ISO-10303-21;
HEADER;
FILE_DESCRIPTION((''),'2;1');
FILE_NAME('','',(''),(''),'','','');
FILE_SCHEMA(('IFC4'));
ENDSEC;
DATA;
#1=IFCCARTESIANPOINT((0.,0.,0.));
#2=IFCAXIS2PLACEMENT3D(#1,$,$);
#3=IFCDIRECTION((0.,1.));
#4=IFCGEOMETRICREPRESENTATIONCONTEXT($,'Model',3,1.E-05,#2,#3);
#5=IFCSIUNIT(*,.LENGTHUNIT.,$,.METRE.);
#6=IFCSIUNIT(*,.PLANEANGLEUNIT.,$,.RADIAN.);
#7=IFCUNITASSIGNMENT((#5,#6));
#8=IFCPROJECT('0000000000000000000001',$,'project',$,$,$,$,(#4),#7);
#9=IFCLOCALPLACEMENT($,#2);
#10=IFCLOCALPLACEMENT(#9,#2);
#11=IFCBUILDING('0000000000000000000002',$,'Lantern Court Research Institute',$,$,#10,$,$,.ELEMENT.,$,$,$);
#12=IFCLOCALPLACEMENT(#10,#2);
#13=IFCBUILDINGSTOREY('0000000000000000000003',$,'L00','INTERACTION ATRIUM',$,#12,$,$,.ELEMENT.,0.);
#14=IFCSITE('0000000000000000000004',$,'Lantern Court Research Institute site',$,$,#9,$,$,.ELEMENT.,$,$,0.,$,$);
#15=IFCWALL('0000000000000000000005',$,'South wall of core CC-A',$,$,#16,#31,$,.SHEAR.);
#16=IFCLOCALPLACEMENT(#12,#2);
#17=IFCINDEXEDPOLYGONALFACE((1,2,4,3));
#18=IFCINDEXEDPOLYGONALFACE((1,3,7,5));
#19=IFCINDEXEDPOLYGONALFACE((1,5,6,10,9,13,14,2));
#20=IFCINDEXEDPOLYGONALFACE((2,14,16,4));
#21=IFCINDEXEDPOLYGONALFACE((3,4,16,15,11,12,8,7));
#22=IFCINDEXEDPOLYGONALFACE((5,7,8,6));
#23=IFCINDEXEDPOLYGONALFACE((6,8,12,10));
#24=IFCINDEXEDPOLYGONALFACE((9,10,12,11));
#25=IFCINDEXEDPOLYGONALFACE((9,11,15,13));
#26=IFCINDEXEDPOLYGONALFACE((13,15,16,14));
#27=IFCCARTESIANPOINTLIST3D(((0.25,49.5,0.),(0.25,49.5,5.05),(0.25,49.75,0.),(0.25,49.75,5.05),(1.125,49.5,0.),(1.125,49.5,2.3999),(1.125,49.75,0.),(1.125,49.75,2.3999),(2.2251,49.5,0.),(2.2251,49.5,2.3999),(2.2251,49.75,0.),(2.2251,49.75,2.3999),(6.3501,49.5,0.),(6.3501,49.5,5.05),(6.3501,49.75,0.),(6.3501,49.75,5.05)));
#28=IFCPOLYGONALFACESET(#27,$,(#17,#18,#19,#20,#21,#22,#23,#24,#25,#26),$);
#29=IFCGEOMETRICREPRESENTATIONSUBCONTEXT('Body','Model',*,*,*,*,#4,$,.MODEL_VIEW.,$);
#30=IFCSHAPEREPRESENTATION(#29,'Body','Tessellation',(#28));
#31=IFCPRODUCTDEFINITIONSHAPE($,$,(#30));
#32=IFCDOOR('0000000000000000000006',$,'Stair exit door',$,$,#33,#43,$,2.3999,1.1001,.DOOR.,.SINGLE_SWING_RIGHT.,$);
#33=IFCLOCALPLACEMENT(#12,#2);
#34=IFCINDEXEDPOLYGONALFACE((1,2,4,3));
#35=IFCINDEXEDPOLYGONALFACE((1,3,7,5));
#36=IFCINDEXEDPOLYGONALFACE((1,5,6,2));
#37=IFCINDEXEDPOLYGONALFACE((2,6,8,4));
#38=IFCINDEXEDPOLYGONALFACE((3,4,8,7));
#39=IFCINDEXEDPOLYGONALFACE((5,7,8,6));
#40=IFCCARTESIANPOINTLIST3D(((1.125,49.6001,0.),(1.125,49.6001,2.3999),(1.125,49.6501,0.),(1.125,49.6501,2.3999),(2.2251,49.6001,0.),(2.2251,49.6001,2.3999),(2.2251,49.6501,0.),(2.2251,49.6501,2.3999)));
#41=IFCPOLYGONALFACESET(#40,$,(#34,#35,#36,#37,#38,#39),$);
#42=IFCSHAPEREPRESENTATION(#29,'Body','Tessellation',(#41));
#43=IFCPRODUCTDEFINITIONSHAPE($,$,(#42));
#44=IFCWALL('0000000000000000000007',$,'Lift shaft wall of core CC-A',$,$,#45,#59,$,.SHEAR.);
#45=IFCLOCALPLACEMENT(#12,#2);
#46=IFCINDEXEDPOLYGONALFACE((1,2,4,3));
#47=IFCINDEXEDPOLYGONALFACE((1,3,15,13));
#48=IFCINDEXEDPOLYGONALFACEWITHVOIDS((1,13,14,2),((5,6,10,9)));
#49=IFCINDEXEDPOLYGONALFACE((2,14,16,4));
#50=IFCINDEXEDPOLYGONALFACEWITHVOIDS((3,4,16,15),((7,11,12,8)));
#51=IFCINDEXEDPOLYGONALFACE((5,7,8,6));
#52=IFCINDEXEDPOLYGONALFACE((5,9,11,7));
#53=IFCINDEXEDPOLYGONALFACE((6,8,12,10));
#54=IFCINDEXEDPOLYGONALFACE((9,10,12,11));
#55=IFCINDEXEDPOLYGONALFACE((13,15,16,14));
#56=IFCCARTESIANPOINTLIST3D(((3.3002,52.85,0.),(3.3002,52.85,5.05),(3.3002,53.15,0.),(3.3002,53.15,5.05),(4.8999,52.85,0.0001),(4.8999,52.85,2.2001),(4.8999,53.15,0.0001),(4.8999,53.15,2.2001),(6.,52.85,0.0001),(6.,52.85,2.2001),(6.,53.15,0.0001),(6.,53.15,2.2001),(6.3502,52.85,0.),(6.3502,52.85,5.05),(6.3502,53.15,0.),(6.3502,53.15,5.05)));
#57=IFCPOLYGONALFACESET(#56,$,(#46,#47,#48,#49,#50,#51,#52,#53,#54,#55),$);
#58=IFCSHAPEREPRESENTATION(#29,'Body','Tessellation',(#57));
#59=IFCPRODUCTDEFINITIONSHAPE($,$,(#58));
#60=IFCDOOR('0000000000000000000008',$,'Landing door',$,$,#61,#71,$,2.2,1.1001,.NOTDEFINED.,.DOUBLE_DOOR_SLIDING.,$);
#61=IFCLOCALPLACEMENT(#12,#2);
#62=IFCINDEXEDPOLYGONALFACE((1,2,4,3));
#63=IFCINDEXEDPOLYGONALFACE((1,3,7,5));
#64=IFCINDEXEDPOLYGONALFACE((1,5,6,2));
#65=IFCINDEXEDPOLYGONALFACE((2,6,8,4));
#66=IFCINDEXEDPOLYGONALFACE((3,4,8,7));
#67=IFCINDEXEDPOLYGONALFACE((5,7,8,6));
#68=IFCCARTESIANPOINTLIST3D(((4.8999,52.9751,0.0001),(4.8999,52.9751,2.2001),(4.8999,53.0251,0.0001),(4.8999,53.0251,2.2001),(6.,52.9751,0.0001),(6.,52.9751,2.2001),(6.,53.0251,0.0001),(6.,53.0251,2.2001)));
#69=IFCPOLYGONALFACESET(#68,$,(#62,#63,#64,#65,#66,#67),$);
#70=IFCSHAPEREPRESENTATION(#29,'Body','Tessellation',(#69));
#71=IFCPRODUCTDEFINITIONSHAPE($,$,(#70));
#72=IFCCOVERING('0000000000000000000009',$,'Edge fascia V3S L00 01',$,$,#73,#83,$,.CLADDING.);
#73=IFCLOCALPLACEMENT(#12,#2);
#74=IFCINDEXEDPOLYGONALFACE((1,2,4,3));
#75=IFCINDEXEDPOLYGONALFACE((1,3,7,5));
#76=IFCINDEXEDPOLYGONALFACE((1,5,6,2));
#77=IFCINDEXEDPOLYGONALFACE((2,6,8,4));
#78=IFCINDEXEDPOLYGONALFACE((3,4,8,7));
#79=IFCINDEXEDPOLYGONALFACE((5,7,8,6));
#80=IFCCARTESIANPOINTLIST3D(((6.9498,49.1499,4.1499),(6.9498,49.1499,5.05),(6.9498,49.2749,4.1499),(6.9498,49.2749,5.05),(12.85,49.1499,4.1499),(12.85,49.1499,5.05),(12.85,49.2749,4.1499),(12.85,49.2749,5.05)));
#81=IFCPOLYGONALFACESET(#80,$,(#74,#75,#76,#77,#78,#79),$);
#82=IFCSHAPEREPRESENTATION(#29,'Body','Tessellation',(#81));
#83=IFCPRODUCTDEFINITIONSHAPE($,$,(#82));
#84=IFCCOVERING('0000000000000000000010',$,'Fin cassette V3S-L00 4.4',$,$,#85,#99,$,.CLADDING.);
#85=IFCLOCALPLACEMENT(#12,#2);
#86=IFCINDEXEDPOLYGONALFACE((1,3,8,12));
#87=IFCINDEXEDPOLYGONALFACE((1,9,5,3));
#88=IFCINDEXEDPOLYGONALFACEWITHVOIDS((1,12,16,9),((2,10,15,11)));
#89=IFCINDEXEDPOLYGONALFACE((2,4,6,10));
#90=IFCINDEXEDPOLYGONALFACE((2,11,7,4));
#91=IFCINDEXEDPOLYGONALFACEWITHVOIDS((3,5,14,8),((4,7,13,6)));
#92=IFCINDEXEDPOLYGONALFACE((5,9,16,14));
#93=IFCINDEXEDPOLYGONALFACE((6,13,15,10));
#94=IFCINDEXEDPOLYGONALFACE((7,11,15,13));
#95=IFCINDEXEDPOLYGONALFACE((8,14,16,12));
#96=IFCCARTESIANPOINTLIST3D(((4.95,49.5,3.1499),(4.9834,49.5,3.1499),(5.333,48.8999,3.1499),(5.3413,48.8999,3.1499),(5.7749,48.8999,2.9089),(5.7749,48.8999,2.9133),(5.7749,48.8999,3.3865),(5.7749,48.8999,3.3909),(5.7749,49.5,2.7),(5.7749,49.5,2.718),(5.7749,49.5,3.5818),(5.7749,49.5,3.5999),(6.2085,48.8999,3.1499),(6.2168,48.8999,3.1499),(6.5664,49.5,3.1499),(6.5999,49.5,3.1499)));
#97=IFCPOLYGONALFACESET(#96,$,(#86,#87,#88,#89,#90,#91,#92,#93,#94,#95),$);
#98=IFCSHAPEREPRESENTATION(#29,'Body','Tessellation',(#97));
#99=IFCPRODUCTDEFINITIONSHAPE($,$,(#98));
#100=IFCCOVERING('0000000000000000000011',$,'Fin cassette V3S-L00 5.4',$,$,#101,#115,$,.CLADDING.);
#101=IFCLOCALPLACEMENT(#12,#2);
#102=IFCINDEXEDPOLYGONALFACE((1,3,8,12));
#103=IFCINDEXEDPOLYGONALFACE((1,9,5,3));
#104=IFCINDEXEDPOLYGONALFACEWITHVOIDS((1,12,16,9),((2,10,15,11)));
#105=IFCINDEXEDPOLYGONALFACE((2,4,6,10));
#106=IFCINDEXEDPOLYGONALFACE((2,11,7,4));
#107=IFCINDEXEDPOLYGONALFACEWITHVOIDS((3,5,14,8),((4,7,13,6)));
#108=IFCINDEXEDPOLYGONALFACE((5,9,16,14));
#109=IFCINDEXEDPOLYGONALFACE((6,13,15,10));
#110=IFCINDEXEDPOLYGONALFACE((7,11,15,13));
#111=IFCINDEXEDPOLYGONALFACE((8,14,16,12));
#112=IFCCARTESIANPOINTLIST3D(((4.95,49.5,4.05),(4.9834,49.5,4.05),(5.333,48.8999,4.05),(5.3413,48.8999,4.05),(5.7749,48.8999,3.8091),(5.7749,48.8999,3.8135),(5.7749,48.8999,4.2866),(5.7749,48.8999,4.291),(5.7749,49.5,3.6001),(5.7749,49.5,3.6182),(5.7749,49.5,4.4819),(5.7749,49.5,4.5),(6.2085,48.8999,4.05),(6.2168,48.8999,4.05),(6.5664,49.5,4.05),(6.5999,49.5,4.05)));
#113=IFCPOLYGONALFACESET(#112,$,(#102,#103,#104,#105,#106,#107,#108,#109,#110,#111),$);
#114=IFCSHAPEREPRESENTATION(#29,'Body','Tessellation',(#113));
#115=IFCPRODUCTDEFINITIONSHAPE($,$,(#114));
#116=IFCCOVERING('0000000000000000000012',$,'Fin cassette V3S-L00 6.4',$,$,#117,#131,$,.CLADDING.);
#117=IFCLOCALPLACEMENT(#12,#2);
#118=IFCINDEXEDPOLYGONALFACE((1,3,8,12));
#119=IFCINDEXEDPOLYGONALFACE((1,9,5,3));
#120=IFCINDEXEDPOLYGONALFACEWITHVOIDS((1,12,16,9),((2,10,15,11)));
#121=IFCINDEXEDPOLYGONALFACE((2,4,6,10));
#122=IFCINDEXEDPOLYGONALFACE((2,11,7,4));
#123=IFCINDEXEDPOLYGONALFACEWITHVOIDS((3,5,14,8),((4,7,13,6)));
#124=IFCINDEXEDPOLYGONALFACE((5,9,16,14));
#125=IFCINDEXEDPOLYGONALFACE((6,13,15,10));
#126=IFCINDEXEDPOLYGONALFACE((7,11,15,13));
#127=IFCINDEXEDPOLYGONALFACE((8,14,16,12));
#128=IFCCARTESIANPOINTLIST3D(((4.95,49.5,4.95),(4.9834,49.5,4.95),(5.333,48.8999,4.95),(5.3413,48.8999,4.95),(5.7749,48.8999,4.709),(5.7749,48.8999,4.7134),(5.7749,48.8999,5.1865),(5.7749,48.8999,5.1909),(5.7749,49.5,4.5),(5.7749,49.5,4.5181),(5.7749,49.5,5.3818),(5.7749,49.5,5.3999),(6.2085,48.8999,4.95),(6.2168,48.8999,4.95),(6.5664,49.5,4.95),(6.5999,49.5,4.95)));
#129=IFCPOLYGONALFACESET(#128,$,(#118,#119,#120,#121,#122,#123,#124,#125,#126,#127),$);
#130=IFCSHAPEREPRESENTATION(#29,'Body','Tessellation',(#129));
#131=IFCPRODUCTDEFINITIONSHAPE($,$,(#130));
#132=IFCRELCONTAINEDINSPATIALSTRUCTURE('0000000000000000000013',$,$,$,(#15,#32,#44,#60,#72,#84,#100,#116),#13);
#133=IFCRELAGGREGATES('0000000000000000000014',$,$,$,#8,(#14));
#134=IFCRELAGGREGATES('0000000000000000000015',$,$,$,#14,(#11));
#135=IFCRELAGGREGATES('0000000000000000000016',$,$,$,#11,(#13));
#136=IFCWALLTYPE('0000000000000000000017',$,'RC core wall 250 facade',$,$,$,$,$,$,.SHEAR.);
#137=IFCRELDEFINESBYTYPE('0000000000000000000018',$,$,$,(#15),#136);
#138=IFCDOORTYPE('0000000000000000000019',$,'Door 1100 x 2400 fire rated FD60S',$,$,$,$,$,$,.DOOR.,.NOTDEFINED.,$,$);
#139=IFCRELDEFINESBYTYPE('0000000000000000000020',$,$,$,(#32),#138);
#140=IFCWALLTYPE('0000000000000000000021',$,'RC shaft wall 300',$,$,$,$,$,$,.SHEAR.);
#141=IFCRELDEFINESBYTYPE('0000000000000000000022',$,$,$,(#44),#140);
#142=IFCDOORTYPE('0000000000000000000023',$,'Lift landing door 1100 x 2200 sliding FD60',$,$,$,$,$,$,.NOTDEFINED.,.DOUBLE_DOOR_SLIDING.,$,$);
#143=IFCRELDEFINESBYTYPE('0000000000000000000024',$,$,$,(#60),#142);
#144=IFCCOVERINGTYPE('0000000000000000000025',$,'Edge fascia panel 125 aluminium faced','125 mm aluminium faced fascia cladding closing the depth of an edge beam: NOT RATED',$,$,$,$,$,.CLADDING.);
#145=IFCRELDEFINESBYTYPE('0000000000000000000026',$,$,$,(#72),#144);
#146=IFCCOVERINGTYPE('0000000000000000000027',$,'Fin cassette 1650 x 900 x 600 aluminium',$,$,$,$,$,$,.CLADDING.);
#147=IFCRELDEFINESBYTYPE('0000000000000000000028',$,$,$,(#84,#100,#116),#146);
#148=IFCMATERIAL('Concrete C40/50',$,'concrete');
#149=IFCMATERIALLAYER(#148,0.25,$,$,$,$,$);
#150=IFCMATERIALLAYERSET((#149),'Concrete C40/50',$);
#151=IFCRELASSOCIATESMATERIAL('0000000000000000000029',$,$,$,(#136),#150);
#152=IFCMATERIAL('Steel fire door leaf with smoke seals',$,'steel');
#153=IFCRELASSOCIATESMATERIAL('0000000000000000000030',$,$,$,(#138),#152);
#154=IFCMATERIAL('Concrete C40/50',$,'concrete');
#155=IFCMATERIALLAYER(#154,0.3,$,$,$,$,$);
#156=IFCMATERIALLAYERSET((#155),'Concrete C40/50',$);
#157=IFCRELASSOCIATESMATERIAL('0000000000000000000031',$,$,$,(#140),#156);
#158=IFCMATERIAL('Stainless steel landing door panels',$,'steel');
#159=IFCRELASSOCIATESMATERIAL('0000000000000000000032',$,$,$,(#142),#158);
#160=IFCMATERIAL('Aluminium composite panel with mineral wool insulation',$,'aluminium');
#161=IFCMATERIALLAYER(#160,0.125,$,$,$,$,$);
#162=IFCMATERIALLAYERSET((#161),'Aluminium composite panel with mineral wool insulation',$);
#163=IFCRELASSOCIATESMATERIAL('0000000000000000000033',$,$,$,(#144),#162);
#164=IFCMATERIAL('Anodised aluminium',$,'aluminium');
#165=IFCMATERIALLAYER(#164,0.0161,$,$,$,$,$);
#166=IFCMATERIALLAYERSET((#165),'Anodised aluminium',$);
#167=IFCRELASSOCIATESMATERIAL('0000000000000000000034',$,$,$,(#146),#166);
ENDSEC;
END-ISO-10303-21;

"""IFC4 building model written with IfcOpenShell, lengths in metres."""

from ifc_helpers import new_model, entity, si_unit, direction, frame, frame_2d, origin, place, context, subcontext, project, spatial, rectangle, extrude, material, layer, layer_set, type_object, element, fill, save


model = new_model("IFC4")

# Units and contexts
model_context = context("Model", 3, precision=1e-05, world=origin(), true_north=direction((0.0, 1.0)))
body_context = subcontext(model_context, "Body", "Model", "MODEL_VIEW")
ifc_project = project(units=[si_unit("LENGTHUNIT", "METRE"), si_unit("PLANEANGLEUNIT", "RADIAN")], contexts=[model_context])

# Site, building, storey
site_placement = place(None, origin())
site = spatial("IfcSite", under=ifc_project, at=site_placement, Name="Lantern Court Research Institute site", CompositionType="ELEMENT", RefElevation=0.0)
building_placement = place(site_placement, origin())
building = spatial("IfcBuilding", under=site, at=building_placement, Name="Lantern Court Research Institute", CompositionType="ELEMENT")
storey_placement = place(building_placement, origin())
storey = spatial("IfcBuildingStorey", under=building, at=storey_placement, Name="L00", Description="INTERACTION ATRIUM", CompositionType="ELEMENT", Elevation=0.0)

# Walls, openings, doors
ifc_material_1 = material(Name="Concrete C40/50", Category="concrete")
ifc_layer_1 = layer(ifc_material_1, 0.25)
ifc_layer_set_1 = layer_set([ifc_layer_1], Name="Concrete C40/50")
wall_type_1 = type_object("IfcWallType", Name="RC core wall 250 facade", PredefinedType="SHEAR", material=ifc_layer_set_1)
wall_1_placement = place(storey_placement, frame((6.3501, 49.625, 0.0), z_axis=(0.0, 0.0, 1.0), x_axis=(-1.0, 0.0, 0.0)))
wall_1 = element("IfcWall", 1, at=wall_1_placement, inside=storey, type_object=wall_type_1, Name="South wall of core CC-A", PredefinedType="SHEAR", context=body_context, shape_type="SweptSolid", body=[
    extrude(rectangle(XDim=6.1001, YDim=0.25, at=frame_2d((3.05, 0.0))), origin(), (0.0, 0.0, 1.0), 5.05),
])
opening_1_placement = place(wall_1_placement, frame((4.125, 0.0, 0.0)))
opening_1 = element("IfcOpeningElement", 2, at=opening_1_placement, cuts=wall_1, PredefinedType="OPENING", context=body_context, shape_type="SweptSolid", body=[
    extrude(rectangle(XDim=1.1001, YDim=2.3999, at=frame_2d((0.55, 1.2))), frame((0.0, 0.135, 0.0), z_axis=(0.0, -1.0, 0.0), x_axis=(1.0, 0.0, 0.0)), (0.0, 0.0, 1.0), 0.27),
])
ifc_material_2 = material(Name="Steel fire door leaf with smoke seals", Category="steel")
door_type_1 = type_object("IfcDoorType", Name="Door 1100 x 2400 fire rated FD60S", OperationType="NOTDEFINED", PredefinedType="DOOR", material=ifc_material_2)
door_1_placement = place(opening_1_placement, origin())
door_1 = element("IfcDoor", 3, at=door_1_placement, inside=storey, type_object=door_type_1, Name="Stair exit door", OperationType="SINGLE_SWING_RIGHT", OverallHeight=2.3999, OverallWidth=1.1001, PredefinedType="DOOR", context=body_context, shape_type="SweptSolid", body=[
    extrude(rectangle(XDim=1.1001, YDim=2.3999, at=frame_2d((0.55, 1.2))), frame((0.0, 0.0249, 0.0), z_axis=(0.0, -1.0, 0.0), x_axis=(1.0, 0.0, 0.0)), (0.0, 0.0, 1.0), 0.05),
])
fill(opening_1, door_1)
ifc_material_3 = material(Name="Concrete C40/50", Category="concrete")
ifc_layer_2 = layer(ifc_material_3, 0.3)
ifc_layer_set_2 = layer_set([ifc_layer_2], Name="Concrete C40/50")
wall_type_2 = type_object("IfcWallType", Name="RC shaft wall 300", PredefinedType="SHEAR", material=ifc_layer_set_2)
wall_2_placement = place(storey_placement, frame((6.3501, 53.0, 0.0), z_axis=(0.0, 0.0, 1.0), x_axis=(-1.0, 0.0, 0.0)))
wall_2 = element("IfcWall", 4, at=wall_2_placement, inside=storey, type_object=wall_type_2, Name="Lift shaft wall of core CC-A", PredefinedType="SHEAR", context=body_context, shape_type="SweptSolid", body=[
    extrude(rectangle(XDim=3.05, YDim=0.3, at=frame_2d((1.5249, 0.0))), origin(), (0.0, 0.0, 1.0), 5.05),
])
opening_2_placement = place(wall_2_placement, frame((0.3501, 0.0, 0.0)))
opening_2 = element("IfcOpeningElement", 5, at=opening_2_placement, cuts=wall_2, PredefinedType="OPENING", context=body_context, shape_type="SweptSolid", body=[
    extrude(rectangle(XDim=1.1001, YDim=2.2, at=frame_2d((0.55, 1.1001))), frame((0.0, 0.1599, 0.0), z_axis=(0.0, -1.0, 0.0), x_axis=(1.0, 0.0, 0.0)), (0.0, 0.0, 1.0), 0.3201),
])
ifc_material_4 = material(Name="Stainless steel landing door panels", Category="steel")
door_type_2 = type_object("IfcDoorType", Name="Lift landing door 1100 x 2200 sliding FD60", OperationType="DOUBLE_DOOR_SLIDING", PredefinedType="NOTDEFINED", material=ifc_material_4)
door_2_placement = place(opening_2_placement, origin())
door_2 = element("IfcDoor", 6, at=door_2_placement, inside=storey, type_object=door_type_2, Name="Landing door", OperationType="DOUBLE_DOOR_SLIDING", OverallHeight=2.2, OverallWidth=1.1001, PredefinedType="NOTDEFINED", context=body_context, shape_type="SweptSolid", body=[
    extrude(rectangle(XDim=1.1001, YDim=2.2, at=frame_2d((0.55, 1.1001))), frame((0.0, 0.0249, 0.0), z_axis=(0.0, -1.0, 0.0), x_axis=(1.0, 0.0, 0.0)), (0.0, 0.0, 1.0), 0.05),
])
fill(opening_2, door_2)

# Coverings
ifc_material_5 = material(Name="Aluminium composite panel with mineral wool insulation", Category="aluminium")
ifc_layer_3 = layer(ifc_material_5, 0.125)
ifc_layer_set_3 = layer_set([ifc_layer_3], Name="Aluminium composite panel with mineral wool insulation")
covering_type_1 = type_object("IfcCoveringType", Name="Edge fascia panel 125 aluminium faced", Description="125 mm aluminium faced fascia cladding closing the depth of an edge beam: NOT RATED", PredefinedType="CLADDING", material=ifc_layer_set_3)
covering_1_placement = place(storey_placement, frame((12.8501, 49.2124, 4.1499), z_axis=(0.0, 0.0, 1.0), x_axis=(-1.0, 0.0, 0.0)))
element("IfcCovering", 7, at=covering_1_placement, inside=storey, type_object=covering_type_1, Name="Edge fascia V3S L00 01", PredefinedType="CLADDING", context=body_context, shape_type="SweptSolid", body=[
    extrude(rectangle(XDim=5.9001, YDim=0.125, at=frame_2d((2.9502, 0.0))), origin(), (0.0, 0.0, 1.0), 0.9001),
])
ifc_material_6 = material(Name="Anodised aluminium", Category="aluminium")
ifc_layer_4 = layer(ifc_material_6, 0.0161)
ifc_layer_set_4 = layer_set([ifc_layer_4], Name="Anodised aluminium")
covering_type_2 = type_object("IfcCoveringType", Name="Fin cassette 1650 x 900 x 600 aluminium", PredefinedType="CLADDING", material=ifc_layer_set_4)
covering_2_placement = place(storey_placement, frame((5.7749, 49.5, 3.1499), z_axis=(0.0, -1.0, 0.0), x_axis=(1.0, 0.0, 0.0)))
cartesian_point_1 = entity("IfcCartesianPoint", [0.825, 0.0])
cartesian_point_2 = entity("IfcCartesianPoint", [0.7915, 0.0])
cartesian_point_3 = entity("IfcCartesianPoint", [0.4419, 0.0])
cartesian_point_4 = entity("IfcCartesianPoint", [0.4336, 0.0])
element("IfcCovering", 8, at=covering_2_placement, inside=storey, type_object=covering_type_2, Name="Fin cassette V3S-L00 4.4", PredefinedType="CLADDING", context=body_context, shape_type="SweptSolid", body=[
    entity("IfcExtrudedAreaSolidTapered", entity("IfcArbitraryProfileDefWithVoids", "AREA", None, entity("IfcPolyline", [cartesian_point_1, entity("IfcCartesianPoint", [0.0, 0.45]), entity("IfcCartesianPoint", [-0.825, 0.0]), entity("IfcCartesianPoint", [0.0, -0.45]), cartesian_point_1]), [entity("IfcPolyline", [cartesian_point_2, entity("IfcCartesianPoint", [0.0, 0.4319]), entity("IfcCartesianPoint", [-0.7915, 0.0]), entity("IfcCartesianPoint", [0.0, -0.4319]), cartesian_point_2])]), entity("IfcAxis2Placement3D", entity("IfcCartesianPoint", [0.0, 0.0, 0.0])), entity("IfcDirection", [0.0, 0.0, 1.0]), 0.6001, entity("IfcArbitraryProfileDefWithVoids", "AREA", None, entity("IfcPolyline", [cartesian_point_3, entity("IfcCartesianPoint", [0.0, 0.241]), entity("IfcCartesianPoint", [-0.4419, 0.0]), entity("IfcCartesianPoint", [0.0, -0.241]), cartesian_point_3]), [entity("IfcPolyline", [cartesian_point_4, entity("IfcCartesianPoint", [0.0, 0.2366]), entity("IfcCartesianPoint", [-0.4336, 0.0]), entity("IfcCartesianPoint", [0.0, -0.2366]), cartesian_point_4])])),
])
covering_3_placement = place(storey_placement, frame((5.7749, 49.5, 4.05), z_axis=(0.0, -1.0, 0.0), x_axis=(1.0, 0.0, 0.0)))
cartesian_point_5 = entity("IfcCartesianPoint", [0.825, 0.0])
cartesian_point_6 = entity("IfcCartesianPoint", [0.7915, 0.0])
cartesian_point_7 = entity("IfcCartesianPoint", [0.4419, 0.0])
cartesian_point_8 = entity("IfcCartesianPoint", [0.4336, 0.0])
element("IfcCovering", 9, at=covering_3_placement, inside=storey, type_object=covering_type_2, Name="Fin cassette V3S-L00 5.4", PredefinedType="CLADDING", context=body_context, shape_type="SweptSolid", body=[
    entity("IfcExtrudedAreaSolidTapered", entity("IfcArbitraryProfileDefWithVoids", "AREA", None, entity("IfcPolyline", [cartesian_point_5, entity("IfcCartesianPoint", [0.0, 0.45]), entity("IfcCartesianPoint", [-0.825, 0.0]), entity("IfcCartesianPoint", [0.0, -0.45]), cartesian_point_5]), [entity("IfcPolyline", [cartesian_point_6, entity("IfcCartesianPoint", [0.0, 0.4319]), entity("IfcCartesianPoint", [-0.7915, 0.0]), entity("IfcCartesianPoint", [0.0, -0.4319]), cartesian_point_6])]), entity("IfcAxis2Placement3D", entity("IfcCartesianPoint", [0.0, 0.0, 0.0])), entity("IfcDirection", [0.0, 0.0, 1.0]), 0.6001, entity("IfcArbitraryProfileDefWithVoids", "AREA", None, entity("IfcPolyline", [cartesian_point_7, entity("IfcCartesianPoint", [0.0, 0.241]), entity("IfcCartesianPoint", [-0.4419, 0.0]), entity("IfcCartesianPoint", [0.0, -0.241]), cartesian_point_7]), [entity("IfcPolyline", [cartesian_point_8, entity("IfcCartesianPoint", [0.0, 0.2366]), entity("IfcCartesianPoint", [-0.4336, 0.0]), entity("IfcCartesianPoint", [0.0, -0.2366]), cartesian_point_8])])),
])
covering_4_placement = place(storey_placement, frame((5.7749, 49.5, 4.95), z_axis=(0.0, -1.0, 0.0), x_axis=(1.0, 0.0, 0.0)))
cartesian_point_9 = entity("IfcCartesianPoint", [0.825, 0.0])
cartesian_point_10 = entity("IfcCartesianPoint", [0.7915, 0.0])
cartesian_point_11 = entity("IfcCartesianPoint", [0.4419, 0.0])
cartesian_point_12 = entity("IfcCartesianPoint", [0.4336, 0.0])
element("IfcCovering", 10, at=covering_4_placement, inside=storey, type_object=covering_type_2, Name="Fin cassette V3S-L00 6.4", PredefinedType="CLADDING", context=body_context, shape_type="SweptSolid", body=[
    entity("IfcExtrudedAreaSolidTapered", entity("IfcArbitraryProfileDefWithVoids", "AREA", None, entity("IfcPolyline", [cartesian_point_9, entity("IfcCartesianPoint", [0.0, 0.45]), entity("IfcCartesianPoint", [-0.825, 0.0]), entity("IfcCartesianPoint", [0.0, -0.45]), cartesian_point_9]), [entity("IfcPolyline", [cartesian_point_10, entity("IfcCartesianPoint", [0.0, 0.4319]), entity("IfcCartesianPoint", [-0.7915, 0.0]), entity("IfcCartesianPoint", [0.0, -0.4319]), cartesian_point_10])]), entity("IfcAxis2Placement3D", entity("IfcCartesianPoint", [0.0, 0.0, 0.0])), entity("IfcDirection", [0.0, 0.0, 1.0]), 0.6001, entity("IfcArbitraryProfileDefWithVoids", "AREA", None, entity("IfcPolyline", [cartesian_point_11, entity("IfcCartesianPoint", [0.0, 0.241]), entity("IfcCartesianPoint", [-0.4419, 0.0]), entity("IfcCartesianPoint", [0.0, -0.241]), cartesian_point_11]), [entity("IfcPolyline", [cartesian_point_12, entity("IfcCartesianPoint", [0.0, 0.2366]), entity("IfcCartesianPoint", [-0.4336, 0.0]), entity("IfcCartesianPoint", [0.0, -0.2366]), cartesian_point_12])])),
])

save(model, "model.ifc")
